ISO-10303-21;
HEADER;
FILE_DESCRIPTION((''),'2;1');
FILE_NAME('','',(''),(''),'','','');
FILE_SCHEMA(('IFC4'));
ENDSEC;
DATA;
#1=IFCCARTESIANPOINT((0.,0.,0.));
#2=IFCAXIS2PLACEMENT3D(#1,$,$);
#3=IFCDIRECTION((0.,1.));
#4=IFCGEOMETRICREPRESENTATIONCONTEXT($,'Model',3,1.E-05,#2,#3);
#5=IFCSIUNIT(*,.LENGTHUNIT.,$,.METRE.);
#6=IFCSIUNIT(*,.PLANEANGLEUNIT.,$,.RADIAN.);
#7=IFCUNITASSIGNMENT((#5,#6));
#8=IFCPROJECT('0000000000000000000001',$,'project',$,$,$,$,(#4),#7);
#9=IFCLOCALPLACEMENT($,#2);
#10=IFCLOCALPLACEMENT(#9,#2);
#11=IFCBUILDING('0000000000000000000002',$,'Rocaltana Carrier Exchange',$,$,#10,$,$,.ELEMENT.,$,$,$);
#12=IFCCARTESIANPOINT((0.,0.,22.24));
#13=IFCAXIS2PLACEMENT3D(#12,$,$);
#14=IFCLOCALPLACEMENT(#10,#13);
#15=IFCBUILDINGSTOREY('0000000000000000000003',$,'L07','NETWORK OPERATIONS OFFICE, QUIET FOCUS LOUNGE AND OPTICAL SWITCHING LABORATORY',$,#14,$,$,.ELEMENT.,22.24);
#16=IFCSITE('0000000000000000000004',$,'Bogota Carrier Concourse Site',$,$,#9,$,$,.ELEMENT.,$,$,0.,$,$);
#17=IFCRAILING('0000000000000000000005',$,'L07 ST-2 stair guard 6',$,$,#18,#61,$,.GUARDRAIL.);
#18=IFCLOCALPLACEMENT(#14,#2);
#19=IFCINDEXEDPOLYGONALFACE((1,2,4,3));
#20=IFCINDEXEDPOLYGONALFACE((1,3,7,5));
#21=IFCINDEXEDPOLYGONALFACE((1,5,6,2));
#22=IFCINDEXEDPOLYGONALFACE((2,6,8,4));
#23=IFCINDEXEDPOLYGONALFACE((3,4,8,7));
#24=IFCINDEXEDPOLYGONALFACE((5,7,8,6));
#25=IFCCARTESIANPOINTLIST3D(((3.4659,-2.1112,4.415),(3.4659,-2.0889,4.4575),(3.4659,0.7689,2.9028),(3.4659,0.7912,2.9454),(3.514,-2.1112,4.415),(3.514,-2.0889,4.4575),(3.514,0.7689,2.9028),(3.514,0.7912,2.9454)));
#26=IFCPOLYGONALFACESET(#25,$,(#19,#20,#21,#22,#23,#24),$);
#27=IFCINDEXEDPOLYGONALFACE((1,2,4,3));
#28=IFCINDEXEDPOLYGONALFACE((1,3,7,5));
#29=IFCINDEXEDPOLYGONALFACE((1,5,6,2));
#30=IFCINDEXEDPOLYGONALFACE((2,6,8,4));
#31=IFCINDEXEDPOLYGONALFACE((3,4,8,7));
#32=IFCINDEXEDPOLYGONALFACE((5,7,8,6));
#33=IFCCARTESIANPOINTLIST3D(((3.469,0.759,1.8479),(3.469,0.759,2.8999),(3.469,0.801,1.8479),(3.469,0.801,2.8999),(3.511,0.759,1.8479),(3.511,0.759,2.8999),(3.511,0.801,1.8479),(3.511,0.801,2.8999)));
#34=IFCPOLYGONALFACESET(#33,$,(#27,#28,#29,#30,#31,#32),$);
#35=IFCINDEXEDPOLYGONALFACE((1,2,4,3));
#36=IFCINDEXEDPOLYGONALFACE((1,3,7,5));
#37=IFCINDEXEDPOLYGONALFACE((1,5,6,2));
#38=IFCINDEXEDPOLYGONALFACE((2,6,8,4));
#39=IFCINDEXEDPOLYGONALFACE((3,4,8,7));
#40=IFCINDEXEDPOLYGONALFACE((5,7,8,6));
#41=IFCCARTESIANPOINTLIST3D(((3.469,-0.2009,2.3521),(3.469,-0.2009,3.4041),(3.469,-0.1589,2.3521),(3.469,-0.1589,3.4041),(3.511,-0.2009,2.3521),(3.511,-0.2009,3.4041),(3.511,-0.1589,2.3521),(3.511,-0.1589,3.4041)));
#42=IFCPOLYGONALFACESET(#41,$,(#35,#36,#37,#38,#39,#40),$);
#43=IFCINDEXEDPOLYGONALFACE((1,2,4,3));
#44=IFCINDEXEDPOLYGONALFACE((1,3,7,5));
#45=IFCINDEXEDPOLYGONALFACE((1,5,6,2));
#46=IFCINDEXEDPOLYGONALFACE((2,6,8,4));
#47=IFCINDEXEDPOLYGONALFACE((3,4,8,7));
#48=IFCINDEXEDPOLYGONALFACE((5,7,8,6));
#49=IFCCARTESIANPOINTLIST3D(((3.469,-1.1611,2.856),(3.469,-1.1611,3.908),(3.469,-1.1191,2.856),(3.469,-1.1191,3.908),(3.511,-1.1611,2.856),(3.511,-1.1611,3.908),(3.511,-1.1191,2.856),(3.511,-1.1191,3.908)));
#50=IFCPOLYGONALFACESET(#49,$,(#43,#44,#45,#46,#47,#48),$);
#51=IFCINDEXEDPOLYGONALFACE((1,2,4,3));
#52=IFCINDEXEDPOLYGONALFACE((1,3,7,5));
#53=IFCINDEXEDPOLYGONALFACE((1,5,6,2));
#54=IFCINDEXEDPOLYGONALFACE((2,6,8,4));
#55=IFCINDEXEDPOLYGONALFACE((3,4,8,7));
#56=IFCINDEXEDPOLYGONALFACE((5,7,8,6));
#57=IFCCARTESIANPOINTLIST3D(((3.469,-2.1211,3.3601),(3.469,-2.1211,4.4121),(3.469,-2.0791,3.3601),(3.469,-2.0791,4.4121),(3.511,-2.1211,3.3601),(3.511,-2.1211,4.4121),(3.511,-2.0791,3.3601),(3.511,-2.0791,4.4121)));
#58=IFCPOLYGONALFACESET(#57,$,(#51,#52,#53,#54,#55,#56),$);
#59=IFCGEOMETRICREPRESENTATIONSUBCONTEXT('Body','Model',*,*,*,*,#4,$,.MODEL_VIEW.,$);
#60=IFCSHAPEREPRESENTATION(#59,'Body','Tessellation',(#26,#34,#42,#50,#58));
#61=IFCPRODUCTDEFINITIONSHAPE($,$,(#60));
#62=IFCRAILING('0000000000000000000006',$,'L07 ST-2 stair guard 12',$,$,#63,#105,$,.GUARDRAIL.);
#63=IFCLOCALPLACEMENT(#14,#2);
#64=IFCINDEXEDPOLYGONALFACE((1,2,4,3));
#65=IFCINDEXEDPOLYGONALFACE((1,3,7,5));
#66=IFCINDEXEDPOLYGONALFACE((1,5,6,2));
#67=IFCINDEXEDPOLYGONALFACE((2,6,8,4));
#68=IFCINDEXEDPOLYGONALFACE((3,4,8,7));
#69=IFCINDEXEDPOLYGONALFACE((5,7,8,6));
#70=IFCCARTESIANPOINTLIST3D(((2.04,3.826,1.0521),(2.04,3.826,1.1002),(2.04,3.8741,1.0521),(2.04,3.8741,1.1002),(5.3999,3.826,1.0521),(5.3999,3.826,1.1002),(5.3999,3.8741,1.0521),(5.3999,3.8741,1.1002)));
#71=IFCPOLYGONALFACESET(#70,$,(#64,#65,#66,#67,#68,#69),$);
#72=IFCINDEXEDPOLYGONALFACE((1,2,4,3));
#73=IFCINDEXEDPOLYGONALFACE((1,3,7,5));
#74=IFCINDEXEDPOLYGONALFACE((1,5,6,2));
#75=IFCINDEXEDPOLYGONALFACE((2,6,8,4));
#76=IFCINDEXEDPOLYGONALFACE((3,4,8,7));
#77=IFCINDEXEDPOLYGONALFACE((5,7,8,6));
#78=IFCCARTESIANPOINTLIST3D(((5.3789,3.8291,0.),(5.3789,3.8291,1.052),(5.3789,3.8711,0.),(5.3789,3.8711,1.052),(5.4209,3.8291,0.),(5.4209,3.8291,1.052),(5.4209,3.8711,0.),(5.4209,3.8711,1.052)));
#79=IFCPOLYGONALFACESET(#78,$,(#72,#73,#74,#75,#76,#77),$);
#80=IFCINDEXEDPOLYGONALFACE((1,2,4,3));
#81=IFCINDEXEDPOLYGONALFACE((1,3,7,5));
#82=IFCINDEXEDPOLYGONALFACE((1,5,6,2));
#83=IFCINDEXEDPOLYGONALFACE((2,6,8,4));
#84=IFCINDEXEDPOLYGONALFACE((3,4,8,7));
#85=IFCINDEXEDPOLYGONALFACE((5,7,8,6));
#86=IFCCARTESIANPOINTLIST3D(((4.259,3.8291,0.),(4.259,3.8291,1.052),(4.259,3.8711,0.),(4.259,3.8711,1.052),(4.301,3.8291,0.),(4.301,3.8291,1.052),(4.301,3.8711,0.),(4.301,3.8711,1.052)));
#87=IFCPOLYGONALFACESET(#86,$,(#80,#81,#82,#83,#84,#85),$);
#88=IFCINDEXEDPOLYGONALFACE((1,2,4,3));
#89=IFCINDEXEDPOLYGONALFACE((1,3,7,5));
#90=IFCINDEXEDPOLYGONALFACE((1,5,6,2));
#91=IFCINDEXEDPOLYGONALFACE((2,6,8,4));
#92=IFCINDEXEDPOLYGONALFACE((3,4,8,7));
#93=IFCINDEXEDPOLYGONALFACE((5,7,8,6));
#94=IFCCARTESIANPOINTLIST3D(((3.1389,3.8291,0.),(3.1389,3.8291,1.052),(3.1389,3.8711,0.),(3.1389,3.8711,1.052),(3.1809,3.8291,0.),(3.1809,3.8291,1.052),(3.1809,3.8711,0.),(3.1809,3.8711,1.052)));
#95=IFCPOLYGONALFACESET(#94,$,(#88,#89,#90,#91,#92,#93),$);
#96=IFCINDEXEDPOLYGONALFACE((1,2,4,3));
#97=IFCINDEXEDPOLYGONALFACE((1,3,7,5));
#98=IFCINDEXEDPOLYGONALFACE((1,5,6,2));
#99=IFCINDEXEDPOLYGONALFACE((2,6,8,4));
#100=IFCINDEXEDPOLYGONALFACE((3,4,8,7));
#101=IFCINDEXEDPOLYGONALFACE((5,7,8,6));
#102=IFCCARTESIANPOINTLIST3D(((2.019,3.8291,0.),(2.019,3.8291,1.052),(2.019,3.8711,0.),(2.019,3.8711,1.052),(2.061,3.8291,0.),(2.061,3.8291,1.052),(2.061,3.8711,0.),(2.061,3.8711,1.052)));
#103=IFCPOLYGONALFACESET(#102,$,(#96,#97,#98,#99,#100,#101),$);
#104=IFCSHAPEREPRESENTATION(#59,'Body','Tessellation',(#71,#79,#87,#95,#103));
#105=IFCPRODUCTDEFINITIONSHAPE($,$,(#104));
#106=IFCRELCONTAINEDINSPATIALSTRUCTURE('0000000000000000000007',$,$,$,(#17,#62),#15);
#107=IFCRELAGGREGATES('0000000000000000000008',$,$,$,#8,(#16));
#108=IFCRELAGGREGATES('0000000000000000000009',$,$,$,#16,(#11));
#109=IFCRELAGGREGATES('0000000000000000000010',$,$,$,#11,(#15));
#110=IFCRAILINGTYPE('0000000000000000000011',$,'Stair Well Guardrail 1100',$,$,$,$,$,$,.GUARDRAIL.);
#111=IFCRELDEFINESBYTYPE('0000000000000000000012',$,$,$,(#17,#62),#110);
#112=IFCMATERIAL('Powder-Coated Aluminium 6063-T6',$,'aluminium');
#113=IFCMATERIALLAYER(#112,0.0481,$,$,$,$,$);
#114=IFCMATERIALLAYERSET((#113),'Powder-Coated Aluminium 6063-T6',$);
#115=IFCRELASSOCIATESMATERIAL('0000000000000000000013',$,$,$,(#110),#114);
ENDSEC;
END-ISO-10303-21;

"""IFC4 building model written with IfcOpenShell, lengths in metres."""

from ifc_helpers import new_model, si_unit, direction, frame, origin, origin_2d, place, context, subcontext, project, spatial, rectangle, extrude, material, layer, layer_set, type_object, element, save


model = new_model("IFC4")

# Units and contexts
model_context = context("Model", 3, precision=1e-05, world=origin(), true_north=direction((0.0, 1.0)))
body_context = subcontext(model_context, "Body", "Model", "MODEL_VIEW")
ifc_project = project(units=[si_unit("LENGTHUNIT", "METRE"), si_unit("PLANEANGLEUNIT", "RADIAN")], contexts=[model_context])

# Site, building, storey
site_placement = place(None, origin())
site = spatial("IfcSite", under=ifc_project, at=site_placement, Name="Bogota Carrier Concourse Site", CompositionType="ELEMENT", RefElevation=0.0)
building_placement = place(site_placement, origin())
building = spatial("IfcBuilding", under=site, at=building_placement, Name="Rocaltana Carrier Exchange", CompositionType="ELEMENT")
storey_placement = place(building_placement, frame((0.0, 0.0, 22.24)))
storey = spatial("IfcBuildingStorey", under=building, at=storey_placement, Name="L07", Description="NETWORK OPERATIONS OFFICE, QUIET FOCUS LOUNGE AND OPTICAL SWITCHING LABORATORY", CompositionType="ELEMENT", Elevation=22.24)

# Railings
ifc_material_1 = material(Name="Powder-Coated Aluminium 6063-T6", Category="aluminium")
ifc_layer_1 = layer(ifc_material_1, 0.0481)
ifc_layer_set_1 = layer_set([ifc_layer_1], Name="Powder-Coated Aluminium 6063-T6")
railing_type_1 = type_object("IfcRailingType", Name="Stair Well Guardrail 1100", PredefinedType="GUARDRAIL", material=ifc_layer_set_1)
railing_1_placement = place(storey_placement, frame((3.49, 0.78, 1.8479)))
element("IfcRailing", 1, at=railing_1_placement, inside=storey, type_object=railing_type_1, Name="L07 ST-2 stair guard 6", PredefinedType="GUARDRAIL", context=body_context, shape_type="SweptSolid", body=[
    extrude(rectangle(XDim=0.0481, YDim=0.0481, at=origin_2d()), frame((0.0, 0.0, 1.0762), z_axis=(0.0, -0.88538, 0.464868), x_axis=(1.0, 0.0, 0.0)), (0.0, 0.0, 1.0), 3.2529),
    extrude(rectangle(XDim=0.042, YDim=0.042, at=origin_2d()), origin(), (0.0, 0.0, 1.0), 1.052),
    extrude(rectangle(XDim=0.042, YDim=0.042, at=origin_2d()), frame((0.0, -0.96, 0.5042)), (0.0, 0.0, 1.0), 1.052),
    extrude(rectangle(XDim=0.042, YDim=0.042, at=origin_2d()), frame((0.0, -1.9202, 1.0081)), (0.0, 0.0, 1.0), 1.052),
    extrude(rectangle(XDim=0.042, YDim=0.042, at=origin_2d()), frame((0.0, -2.8801, 1.5122)), (0.0, 0.0, 1.0), 1.052),
])
railing_2_placement = place(storey_placement, frame((5.3999, 3.8501, 0.0)))
element("IfcRailing", 2, at=railing_2_placement, inside=storey, type_object=railing_type_1, Name="L07 ST-2 stair guard 12", PredefinedType="GUARDRAIL", context=body_context, shape_type="SweptSolid", body=[
    extrude(rectangle(XDim=0.0481, YDim=0.0481, at=origin_2d()), frame((0.0, 0.0, 1.0762), z_axis=(-1.0, 0.0, 0.0), x_axis=(0.0, -1.0, 0.0)), (0.0, 0.0, 1.0), 3.3599),
    extrude(rectangle(XDim=0.042, YDim=0.042, at=origin_2d()), origin(), (0.0, 0.0, 1.0), 1.052),
    extrude(rectangle(XDim=0.042, YDim=0.042, at=origin_2d()), frame((-1.1199, 0.0, 0.0)), (0.0, 0.0, 1.0), 1.052),
    extrude(rectangle(XDim=0.042, YDim=0.042, at=origin_2d()), frame((-2.24, 0.0, 0.0)), (0.0, 0.0, 1.0), 1.052),
    extrude(rectangle(XDim=0.042, YDim=0.042, at=origin_2d()), frame((-3.3599, 0.0, 0.0)), (0.0, 0.0, 1.0), 1.052),
])

save(model, "model.ifc")
